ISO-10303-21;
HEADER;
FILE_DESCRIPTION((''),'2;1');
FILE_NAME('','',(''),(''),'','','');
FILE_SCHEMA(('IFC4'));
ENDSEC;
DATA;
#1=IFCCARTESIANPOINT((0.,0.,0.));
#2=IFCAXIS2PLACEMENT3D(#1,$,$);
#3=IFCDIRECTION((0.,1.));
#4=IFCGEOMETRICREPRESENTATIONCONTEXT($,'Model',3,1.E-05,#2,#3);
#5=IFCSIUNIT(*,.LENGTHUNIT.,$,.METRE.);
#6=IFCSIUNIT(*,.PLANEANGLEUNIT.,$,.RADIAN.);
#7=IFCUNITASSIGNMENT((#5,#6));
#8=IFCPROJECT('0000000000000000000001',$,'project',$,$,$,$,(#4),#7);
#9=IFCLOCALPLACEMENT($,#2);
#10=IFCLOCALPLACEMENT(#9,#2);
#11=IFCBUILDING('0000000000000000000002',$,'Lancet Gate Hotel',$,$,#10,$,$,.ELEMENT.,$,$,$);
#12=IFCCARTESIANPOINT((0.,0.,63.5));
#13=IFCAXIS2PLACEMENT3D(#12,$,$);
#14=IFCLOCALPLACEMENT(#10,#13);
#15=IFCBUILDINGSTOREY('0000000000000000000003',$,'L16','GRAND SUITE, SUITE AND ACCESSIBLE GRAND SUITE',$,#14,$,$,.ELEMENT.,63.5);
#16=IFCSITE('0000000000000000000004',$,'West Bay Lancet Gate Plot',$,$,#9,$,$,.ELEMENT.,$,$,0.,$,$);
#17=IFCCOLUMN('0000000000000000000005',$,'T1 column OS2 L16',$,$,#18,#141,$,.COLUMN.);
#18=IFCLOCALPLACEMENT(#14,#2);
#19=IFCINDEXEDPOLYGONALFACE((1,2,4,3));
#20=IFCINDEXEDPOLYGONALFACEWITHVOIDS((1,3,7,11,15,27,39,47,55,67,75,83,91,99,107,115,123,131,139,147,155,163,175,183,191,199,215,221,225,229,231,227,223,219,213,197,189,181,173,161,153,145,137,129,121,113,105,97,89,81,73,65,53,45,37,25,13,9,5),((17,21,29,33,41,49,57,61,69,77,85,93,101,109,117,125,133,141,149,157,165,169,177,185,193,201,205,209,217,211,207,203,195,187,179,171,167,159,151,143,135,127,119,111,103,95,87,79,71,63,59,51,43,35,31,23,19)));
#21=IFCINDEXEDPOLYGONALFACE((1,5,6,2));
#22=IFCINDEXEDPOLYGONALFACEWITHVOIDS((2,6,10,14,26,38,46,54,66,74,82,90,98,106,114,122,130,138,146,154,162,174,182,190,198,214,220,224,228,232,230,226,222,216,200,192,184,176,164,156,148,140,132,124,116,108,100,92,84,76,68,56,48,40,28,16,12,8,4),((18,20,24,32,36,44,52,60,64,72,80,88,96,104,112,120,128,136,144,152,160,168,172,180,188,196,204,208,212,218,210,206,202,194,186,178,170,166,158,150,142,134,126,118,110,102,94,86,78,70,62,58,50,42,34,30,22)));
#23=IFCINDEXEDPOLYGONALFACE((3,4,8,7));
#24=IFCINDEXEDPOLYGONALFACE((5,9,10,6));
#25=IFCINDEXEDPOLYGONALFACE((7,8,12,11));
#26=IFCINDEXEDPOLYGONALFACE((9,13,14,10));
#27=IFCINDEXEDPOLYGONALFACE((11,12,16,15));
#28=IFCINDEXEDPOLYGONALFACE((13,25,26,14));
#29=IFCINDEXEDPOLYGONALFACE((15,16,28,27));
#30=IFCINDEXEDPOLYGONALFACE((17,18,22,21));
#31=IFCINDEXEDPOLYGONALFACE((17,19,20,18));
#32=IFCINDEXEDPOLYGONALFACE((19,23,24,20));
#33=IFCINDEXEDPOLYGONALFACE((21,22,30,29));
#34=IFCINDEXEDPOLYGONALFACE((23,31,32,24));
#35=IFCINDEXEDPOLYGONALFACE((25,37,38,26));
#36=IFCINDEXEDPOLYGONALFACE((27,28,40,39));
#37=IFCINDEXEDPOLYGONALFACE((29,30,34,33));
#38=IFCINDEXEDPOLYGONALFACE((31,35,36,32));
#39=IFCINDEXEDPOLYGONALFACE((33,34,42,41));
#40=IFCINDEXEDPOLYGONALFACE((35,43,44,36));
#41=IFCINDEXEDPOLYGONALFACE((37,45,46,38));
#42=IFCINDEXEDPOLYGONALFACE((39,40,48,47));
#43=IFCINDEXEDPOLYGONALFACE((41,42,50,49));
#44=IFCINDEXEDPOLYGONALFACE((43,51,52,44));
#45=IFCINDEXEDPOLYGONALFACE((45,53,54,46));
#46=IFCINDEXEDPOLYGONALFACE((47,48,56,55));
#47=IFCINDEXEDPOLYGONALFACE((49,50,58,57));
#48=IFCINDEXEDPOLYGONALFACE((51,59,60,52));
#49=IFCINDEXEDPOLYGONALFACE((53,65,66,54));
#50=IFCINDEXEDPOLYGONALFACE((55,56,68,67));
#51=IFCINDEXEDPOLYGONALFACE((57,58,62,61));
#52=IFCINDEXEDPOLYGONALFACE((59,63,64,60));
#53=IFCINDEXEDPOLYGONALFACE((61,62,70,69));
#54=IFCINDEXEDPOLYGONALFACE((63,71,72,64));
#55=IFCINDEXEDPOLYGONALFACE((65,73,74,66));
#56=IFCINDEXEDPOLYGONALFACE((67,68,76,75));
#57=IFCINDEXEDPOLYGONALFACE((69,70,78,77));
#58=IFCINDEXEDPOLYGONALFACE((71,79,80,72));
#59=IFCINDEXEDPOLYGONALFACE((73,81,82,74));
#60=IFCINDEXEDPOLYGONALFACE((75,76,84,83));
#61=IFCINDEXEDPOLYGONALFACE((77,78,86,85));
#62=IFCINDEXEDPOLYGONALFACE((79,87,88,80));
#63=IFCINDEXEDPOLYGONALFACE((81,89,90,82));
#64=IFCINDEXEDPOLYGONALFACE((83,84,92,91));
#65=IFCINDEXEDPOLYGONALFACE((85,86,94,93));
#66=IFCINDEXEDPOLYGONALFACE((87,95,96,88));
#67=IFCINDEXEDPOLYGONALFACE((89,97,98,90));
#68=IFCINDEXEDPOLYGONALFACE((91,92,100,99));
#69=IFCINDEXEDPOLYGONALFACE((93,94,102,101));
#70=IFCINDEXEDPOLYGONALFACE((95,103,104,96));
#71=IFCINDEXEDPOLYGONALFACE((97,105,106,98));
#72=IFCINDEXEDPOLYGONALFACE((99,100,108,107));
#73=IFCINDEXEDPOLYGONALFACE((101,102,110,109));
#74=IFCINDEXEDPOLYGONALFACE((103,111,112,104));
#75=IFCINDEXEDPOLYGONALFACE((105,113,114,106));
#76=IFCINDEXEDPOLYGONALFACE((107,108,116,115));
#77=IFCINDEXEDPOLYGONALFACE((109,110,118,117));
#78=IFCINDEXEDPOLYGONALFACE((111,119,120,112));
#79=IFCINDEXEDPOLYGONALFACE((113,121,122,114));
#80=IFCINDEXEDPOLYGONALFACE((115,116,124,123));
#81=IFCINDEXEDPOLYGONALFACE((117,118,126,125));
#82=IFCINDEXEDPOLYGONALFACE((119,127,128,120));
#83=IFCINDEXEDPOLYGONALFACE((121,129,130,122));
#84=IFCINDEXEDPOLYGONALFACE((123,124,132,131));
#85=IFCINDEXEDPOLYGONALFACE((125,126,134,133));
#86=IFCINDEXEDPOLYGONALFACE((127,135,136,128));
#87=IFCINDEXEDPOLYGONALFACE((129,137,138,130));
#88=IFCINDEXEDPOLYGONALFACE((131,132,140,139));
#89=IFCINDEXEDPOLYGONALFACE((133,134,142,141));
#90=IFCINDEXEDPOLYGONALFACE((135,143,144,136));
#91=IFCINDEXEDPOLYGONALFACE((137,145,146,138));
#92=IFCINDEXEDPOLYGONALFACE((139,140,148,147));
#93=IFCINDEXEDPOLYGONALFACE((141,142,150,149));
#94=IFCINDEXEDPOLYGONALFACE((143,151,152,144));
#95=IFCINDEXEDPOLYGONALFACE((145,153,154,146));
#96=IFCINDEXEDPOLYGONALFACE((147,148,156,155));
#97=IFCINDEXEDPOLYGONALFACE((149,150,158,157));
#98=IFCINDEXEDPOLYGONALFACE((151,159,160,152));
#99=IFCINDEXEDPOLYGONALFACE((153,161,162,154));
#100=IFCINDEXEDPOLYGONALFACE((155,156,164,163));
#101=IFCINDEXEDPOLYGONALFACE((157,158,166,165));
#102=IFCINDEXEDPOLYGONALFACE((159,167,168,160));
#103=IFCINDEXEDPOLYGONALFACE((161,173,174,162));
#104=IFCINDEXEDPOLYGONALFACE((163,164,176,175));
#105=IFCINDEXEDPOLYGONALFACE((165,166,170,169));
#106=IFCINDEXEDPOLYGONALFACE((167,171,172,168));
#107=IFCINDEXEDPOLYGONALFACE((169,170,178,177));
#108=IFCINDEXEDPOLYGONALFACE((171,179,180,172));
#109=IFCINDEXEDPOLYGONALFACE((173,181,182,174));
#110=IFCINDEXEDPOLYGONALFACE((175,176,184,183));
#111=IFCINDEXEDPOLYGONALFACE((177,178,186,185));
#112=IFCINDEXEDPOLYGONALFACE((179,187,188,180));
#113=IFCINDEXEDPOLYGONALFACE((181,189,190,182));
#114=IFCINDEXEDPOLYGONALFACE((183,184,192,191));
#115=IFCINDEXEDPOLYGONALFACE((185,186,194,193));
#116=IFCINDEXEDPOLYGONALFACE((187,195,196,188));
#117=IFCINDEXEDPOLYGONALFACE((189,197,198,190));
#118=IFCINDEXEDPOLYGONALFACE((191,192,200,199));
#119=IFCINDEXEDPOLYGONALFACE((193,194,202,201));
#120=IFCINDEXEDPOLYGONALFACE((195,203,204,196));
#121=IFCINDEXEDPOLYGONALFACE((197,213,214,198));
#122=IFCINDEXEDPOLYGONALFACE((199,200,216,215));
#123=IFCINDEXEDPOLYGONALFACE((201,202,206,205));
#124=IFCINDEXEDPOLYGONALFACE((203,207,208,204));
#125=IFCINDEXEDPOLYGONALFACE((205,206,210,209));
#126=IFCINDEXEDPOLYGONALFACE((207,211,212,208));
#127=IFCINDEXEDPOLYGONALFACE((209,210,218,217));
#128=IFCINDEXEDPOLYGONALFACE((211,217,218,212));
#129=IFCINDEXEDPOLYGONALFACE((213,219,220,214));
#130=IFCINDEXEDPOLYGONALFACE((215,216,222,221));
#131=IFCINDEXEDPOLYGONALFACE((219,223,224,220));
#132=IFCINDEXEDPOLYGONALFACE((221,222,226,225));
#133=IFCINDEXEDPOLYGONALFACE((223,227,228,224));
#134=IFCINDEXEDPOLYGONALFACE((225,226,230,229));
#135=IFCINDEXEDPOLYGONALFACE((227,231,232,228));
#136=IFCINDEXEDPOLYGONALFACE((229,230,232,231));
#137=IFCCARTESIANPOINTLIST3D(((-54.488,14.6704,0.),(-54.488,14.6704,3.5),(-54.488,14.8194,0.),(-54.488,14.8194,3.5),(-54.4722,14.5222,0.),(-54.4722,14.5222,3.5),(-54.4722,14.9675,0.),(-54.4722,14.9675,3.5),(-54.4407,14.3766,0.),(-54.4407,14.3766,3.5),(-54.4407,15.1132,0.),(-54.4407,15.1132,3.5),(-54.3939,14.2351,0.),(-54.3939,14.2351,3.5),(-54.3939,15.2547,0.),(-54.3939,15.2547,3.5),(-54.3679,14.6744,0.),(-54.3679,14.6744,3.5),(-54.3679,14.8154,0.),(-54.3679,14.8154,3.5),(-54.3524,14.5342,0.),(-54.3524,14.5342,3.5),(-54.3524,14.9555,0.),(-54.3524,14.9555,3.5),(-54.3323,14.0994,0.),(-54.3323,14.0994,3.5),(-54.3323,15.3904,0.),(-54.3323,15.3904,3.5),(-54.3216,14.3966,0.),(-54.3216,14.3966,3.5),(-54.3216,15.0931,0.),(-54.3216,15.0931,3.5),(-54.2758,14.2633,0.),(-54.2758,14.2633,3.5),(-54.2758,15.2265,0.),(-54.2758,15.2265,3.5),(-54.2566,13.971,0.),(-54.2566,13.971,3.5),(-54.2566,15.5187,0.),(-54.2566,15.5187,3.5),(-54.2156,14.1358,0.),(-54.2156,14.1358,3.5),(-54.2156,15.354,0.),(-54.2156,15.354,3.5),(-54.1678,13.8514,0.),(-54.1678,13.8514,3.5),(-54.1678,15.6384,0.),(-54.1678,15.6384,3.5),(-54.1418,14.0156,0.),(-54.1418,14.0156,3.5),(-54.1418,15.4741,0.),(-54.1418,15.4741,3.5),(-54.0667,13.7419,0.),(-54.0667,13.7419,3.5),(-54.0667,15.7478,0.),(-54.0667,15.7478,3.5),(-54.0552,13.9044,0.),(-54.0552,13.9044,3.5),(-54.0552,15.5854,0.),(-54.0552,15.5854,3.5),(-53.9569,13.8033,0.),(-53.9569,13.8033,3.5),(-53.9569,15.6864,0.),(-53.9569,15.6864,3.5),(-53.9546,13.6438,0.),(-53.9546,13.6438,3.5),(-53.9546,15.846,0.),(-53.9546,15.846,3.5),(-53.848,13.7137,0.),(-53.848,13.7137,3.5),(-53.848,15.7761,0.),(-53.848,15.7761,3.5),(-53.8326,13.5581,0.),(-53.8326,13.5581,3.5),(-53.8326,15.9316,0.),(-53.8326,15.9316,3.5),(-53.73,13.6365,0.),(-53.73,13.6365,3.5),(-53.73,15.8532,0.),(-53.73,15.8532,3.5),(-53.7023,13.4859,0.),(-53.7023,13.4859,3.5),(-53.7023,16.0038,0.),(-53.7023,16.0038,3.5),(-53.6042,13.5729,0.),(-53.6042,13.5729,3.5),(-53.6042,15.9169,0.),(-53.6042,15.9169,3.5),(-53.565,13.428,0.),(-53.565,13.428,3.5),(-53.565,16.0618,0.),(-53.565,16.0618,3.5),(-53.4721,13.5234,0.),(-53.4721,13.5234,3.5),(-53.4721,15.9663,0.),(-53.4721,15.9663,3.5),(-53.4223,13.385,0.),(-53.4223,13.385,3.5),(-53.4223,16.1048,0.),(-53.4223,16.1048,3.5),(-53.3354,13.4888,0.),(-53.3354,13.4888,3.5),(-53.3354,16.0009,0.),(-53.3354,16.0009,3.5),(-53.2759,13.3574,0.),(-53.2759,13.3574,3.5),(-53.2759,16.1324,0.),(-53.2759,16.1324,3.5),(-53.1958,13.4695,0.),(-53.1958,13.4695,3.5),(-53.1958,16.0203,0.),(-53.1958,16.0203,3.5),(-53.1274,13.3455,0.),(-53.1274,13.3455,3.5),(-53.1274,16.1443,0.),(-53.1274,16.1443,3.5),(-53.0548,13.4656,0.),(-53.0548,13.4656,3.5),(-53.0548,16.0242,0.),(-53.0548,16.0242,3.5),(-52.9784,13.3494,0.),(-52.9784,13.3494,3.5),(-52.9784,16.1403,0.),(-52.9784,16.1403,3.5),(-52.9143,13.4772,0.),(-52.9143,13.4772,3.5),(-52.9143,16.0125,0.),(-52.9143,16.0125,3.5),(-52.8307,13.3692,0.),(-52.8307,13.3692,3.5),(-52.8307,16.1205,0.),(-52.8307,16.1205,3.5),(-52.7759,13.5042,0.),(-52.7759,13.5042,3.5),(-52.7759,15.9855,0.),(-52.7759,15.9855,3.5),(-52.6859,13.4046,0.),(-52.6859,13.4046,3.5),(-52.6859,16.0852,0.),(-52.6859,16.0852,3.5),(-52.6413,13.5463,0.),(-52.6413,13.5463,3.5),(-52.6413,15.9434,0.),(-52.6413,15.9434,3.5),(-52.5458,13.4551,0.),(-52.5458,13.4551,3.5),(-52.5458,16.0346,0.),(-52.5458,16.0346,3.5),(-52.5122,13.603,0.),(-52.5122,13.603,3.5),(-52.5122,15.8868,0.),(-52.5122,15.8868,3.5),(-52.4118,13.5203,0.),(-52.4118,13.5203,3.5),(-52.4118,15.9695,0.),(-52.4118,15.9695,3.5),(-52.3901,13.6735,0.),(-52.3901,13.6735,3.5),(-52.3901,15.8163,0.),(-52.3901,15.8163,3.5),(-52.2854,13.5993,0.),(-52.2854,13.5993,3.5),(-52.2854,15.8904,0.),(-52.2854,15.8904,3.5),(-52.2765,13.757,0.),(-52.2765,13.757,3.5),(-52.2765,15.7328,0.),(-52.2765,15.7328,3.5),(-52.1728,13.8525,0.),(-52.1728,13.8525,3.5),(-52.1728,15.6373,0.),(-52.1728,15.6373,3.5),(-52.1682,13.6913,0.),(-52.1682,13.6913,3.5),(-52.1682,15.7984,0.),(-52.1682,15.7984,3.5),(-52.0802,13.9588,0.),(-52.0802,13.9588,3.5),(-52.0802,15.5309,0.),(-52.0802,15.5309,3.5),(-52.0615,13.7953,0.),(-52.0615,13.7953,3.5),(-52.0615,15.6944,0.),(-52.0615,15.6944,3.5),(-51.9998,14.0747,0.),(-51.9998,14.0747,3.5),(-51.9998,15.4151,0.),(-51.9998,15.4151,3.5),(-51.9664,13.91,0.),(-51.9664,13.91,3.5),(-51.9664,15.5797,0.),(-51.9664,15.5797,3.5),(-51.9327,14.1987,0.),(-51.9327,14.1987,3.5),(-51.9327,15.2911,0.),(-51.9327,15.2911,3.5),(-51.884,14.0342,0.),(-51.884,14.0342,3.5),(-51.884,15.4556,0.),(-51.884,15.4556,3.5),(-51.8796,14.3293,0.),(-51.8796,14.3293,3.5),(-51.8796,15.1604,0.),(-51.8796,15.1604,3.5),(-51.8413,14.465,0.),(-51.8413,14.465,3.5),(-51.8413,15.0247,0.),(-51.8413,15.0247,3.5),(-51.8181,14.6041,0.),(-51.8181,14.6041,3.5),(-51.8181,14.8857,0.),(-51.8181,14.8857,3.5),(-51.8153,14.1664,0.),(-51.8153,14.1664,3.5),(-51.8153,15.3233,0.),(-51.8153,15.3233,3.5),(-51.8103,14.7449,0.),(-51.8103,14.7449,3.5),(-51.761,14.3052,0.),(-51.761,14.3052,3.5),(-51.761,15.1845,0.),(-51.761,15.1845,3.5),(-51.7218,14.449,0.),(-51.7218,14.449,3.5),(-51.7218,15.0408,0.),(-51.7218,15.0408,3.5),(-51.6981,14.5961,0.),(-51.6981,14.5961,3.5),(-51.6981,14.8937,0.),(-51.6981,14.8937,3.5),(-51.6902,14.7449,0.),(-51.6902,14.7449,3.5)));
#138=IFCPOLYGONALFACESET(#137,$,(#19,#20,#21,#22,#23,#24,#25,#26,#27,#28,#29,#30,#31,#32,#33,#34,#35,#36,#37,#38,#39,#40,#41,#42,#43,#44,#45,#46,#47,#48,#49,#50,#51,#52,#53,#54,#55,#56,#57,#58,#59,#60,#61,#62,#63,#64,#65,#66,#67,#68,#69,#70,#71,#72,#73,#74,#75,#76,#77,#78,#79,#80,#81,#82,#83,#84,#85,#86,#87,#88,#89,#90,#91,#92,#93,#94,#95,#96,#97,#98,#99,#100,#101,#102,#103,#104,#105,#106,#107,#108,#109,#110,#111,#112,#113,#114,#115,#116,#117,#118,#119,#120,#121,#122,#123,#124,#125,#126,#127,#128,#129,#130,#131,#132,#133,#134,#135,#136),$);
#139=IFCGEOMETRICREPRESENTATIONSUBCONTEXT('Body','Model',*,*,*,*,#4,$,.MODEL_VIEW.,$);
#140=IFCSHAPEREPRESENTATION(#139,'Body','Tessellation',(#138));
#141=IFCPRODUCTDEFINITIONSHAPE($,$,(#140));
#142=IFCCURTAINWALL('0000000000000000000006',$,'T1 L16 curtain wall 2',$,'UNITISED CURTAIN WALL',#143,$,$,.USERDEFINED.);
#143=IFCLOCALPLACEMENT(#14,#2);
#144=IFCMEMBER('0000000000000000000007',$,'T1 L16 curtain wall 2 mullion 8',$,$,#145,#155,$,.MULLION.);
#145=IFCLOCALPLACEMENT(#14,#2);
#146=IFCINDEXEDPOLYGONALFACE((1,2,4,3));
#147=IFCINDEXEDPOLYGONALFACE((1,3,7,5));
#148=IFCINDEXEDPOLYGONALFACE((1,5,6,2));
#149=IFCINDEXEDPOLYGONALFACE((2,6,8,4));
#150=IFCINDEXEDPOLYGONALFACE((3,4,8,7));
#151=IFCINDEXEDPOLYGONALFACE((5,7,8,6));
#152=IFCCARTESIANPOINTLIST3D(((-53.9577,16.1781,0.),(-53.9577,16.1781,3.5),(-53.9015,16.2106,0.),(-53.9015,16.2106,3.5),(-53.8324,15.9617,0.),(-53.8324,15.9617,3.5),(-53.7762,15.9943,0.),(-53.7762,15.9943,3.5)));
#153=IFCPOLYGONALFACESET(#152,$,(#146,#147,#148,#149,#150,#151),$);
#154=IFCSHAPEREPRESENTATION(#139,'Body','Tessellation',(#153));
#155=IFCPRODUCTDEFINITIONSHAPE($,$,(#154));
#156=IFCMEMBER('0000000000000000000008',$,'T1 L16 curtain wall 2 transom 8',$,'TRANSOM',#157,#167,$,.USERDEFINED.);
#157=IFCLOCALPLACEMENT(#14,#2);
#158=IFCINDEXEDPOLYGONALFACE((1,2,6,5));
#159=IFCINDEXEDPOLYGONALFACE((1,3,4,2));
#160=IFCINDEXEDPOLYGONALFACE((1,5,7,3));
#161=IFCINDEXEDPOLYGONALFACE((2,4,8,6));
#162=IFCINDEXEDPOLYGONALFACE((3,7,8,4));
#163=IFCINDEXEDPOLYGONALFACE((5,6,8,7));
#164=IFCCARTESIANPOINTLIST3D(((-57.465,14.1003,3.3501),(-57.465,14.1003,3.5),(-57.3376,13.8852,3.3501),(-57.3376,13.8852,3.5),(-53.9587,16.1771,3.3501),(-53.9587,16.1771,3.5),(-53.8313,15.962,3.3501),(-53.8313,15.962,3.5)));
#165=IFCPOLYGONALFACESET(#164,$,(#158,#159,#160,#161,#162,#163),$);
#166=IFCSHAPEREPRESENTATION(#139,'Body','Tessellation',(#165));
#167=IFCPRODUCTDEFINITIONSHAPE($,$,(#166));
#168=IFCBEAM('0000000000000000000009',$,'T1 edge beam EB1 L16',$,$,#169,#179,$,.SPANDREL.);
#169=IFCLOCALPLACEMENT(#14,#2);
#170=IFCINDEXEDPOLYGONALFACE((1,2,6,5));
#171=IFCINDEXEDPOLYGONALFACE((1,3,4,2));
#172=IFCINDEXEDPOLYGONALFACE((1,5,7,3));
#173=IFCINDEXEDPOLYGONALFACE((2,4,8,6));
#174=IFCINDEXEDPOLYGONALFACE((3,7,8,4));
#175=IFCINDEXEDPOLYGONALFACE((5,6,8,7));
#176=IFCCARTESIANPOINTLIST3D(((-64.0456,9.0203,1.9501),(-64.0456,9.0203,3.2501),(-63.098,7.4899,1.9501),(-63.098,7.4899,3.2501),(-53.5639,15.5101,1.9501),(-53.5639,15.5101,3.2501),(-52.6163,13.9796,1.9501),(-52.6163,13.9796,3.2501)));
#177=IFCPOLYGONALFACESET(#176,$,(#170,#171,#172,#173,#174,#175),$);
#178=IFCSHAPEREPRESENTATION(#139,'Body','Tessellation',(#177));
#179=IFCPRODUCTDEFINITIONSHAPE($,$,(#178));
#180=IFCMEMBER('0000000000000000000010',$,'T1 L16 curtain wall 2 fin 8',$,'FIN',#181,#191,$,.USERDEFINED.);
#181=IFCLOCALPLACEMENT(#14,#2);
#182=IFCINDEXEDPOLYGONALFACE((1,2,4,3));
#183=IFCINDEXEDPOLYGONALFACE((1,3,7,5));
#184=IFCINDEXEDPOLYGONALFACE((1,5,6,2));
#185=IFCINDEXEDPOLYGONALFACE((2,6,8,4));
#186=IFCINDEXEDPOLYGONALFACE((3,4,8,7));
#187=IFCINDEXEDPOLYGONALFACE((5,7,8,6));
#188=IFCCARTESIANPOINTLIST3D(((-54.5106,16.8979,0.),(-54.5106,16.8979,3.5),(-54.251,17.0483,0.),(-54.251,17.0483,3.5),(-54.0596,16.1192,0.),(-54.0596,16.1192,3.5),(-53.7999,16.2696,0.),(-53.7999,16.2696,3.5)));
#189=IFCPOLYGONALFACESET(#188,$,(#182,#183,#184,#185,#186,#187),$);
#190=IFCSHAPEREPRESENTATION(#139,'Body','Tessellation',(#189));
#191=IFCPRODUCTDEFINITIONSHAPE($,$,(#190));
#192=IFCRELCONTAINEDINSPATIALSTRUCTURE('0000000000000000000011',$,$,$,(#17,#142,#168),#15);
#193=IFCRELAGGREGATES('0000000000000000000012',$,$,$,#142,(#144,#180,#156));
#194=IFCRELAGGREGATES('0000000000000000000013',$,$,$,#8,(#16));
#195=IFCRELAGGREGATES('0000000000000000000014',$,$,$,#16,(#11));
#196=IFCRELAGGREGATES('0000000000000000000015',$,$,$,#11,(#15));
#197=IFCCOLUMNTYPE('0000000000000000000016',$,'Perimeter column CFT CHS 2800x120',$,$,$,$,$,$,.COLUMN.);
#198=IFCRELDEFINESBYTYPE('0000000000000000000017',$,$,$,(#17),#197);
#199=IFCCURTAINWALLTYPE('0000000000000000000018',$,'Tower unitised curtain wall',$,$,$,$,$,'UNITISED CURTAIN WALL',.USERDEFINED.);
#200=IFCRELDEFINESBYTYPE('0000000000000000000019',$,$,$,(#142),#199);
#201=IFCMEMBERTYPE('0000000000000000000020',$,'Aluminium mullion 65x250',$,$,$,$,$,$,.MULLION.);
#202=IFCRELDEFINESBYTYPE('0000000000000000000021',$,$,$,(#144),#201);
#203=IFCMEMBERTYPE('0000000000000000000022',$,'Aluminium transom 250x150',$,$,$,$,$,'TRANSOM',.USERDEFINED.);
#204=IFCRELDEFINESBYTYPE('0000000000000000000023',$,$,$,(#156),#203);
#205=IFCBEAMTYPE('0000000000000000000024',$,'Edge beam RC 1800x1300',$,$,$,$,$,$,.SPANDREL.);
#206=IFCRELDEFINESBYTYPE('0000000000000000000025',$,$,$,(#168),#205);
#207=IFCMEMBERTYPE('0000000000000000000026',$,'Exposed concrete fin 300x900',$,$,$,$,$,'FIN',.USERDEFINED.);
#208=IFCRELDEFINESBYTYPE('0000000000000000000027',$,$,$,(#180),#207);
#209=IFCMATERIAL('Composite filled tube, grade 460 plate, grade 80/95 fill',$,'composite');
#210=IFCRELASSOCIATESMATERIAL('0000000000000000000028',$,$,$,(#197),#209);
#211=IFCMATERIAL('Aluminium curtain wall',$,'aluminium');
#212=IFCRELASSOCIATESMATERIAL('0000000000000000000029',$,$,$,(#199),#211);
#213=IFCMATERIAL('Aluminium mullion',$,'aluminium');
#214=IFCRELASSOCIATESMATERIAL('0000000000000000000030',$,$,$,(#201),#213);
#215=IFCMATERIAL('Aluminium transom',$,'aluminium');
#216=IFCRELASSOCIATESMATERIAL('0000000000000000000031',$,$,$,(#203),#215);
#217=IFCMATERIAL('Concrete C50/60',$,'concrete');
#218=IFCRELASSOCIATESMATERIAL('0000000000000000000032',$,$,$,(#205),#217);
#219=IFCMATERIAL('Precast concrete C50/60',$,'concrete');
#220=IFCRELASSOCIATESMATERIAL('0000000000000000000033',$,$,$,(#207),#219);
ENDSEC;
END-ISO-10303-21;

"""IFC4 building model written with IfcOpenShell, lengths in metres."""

from ifc_helpers import new_model, si_unit, direction, frame, origin, origin_2d, place, context, subcontext, project, spatial, rectangle, hollow_circle, extrude, material, material_profile, profile_set, type_object, element, aggregate, save


model = new_model("IFC4")

# Units and contexts
model_context = context("Model", 3, precision=1e-05, world=origin(), true_north=direction((0.0, 1.0)))
body_context = subcontext(model_context, "Body", "Model", "MODEL_VIEW")
ifc_project = project(units=[si_unit("LENGTHUNIT", "METRE"), si_unit("PLANEANGLEUNIT", "RADIAN")], contexts=[model_context])

# Site, building, storey
site_placement = place(None, origin())
site = spatial("IfcSite", under=ifc_project, at=site_placement, Name="West Bay Lancet Gate Plot", CompositionType="ELEMENT", RefElevation=0.0)
building_placement = place(site_placement, origin())
building = spatial("IfcBuilding", under=site, at=building_placement, Name="Lancet Gate Hotel", CompositionType="ELEMENT")
storey_placement = place(building_placement, frame((0.0, 0.0, 63.5)))
storey = spatial("IfcBuildingStorey", under=building, at=storey_placement, Name="L16", Description="GRAND SUITE, SUITE AND ACCESSIBLE GRAND SUITE", CompositionType="ELEMENT", Elevation=63.5)

# Column
ifc_material_1 = material(Name="Composite filled tube, grade 460 plate, grade 80/95 fill", Category="composite")
ifc_material_profile_1 = material_profile(ifc_material_1, hollow_circle(Radius=1.3999, WallThickness=0.1201, at=origin_2d()), Name="CHS 2800x120")
ifc_profile_set_1 = profile_set([ifc_material_profile_1], Name="Composite filled tube, grade 460 plate, grade 80/95 fill")
column_type = type_object("IfcColumnType", Name="Perimeter column CFT CHS 2800x120", PredefinedType="COLUMN", material=ifc_profile_set_1)
column_placement = place(storey_placement, frame((-53.0901, 14.7449, 0.0), z_axis=(0.0, 0.0, 1.0), x_axis=(1.0, 0.0, 0.0)))
element("IfcColumn", 1, at=column_placement, inside=storey, type_object=column_type, Name="T1 column OS2 L16", PredefinedType="COLUMN", context=body_context, shape_type="SweptSolid", body=[
    extrude(hollow_circle(Radius=1.3999, WallThickness=0.1201, at=origin_2d()), origin(), (0.0, 0.0, 1.0), 3.5),
])

# Curtain wall, members
ifc_material_2 = material(Name="Aluminium curtain wall", Category="aluminium")
curtain_wall_type = type_object("IfcCurtainWallType", Name="Tower unitised curtain wall", ElementType="UNITISED CURTAIN WALL", PredefinedType="USERDEFINED", material=ifc_material_2)
curtain_wall_placement = place(storey_placement, origin())
curtain_wall = element("IfcCurtainWall", 2, at=curtain_wall_placement, inside=storey, type_object=curtain_wall_type, Name="T1 L16 curtain wall 2", ObjectType="UNITISED CURTAIN WALL", PredefinedType="USERDEFINED")
ifc_material_3 = material(Name="Aluminium mullion", Category="aluminium")
ifc_material_profile_2 = material_profile(ifc_material_3, rectangle(XDim=0.0649, YDim=0.25, at=origin_2d()), Name="MULLION 65x250")
ifc_profile_set_2 = profile_set([ifc_material_profile_2], Name="Aluminium mullion")
member_type_1 = type_object("IfcMemberType", Name="Aluminium mullion 65x250", PredefinedType="MULLION", material=ifc_profile_set_2)
member_1_placement = place(storey_placement, frame((-53.8669, 16.0862, 0.0), z_axis=(0.0, 0.0, 1.0), x_axis=(-0.865335, -0.501194, 0.0)))
member_1 = element("IfcMember", 3, at=member_1_placement, type_object=member_type_1, Name="T1 L16 curtain wall 2 mullion 8", PredefinedType="MULLION", context=body_context, shape_type="SweptSolid", body=[
    extrude(rectangle(XDim=0.0649, YDim=0.25, at=origin_2d()), origin(), (0.0, 0.0, 1.0), 3.5),
])
ifc_material_4 = material(Name="Aluminium transom", Category="aluminium")
ifc_material_profile_3 = material_profile(ifc_material_4, rectangle(XDim=0.25, YDim=0.1499, at=origin_2d()), Name="TRANSOM 250x150")
ifc_profile_set_3 = profile_set([ifc_material_profile_3], Name="Aluminium transom")
member_type_2 = type_object("IfcMemberType", Name="Aluminium transom 250x150", ElementType="TRANSOM", PredefinedType="USERDEFINED", material=ifc_profile_set_3)
member_2_placement = place(storey_placement, frame((-53.895, 16.0696, 3.425), z_axis=(-0.860392, -0.509633, 0.0), x_axis=(0.509633, -0.860392, 0.0)))
member_2 = element("IfcMember", 4, at=member_2_placement, type_object=member_type_2, Name="T1 L16 curtain wall 2 transom 8", ObjectType="TRANSOM", PredefinedType="USERDEFINED", context=body_context, shape_type="SweptSolid", body=[
    extrude(rectangle(XDim=0.25, YDim=0.1499, at=origin_2d()), origin(), (0.0, 0.0, 1.0), 4.0752),
])

# Beam
ifc_material_5 = material(Name="Concrete C50/60", Category="concrete")
ifc_material_profile_4 = material_profile(ifc_material_5, rectangle(XDim=1.8, YDim=1.3, at=origin_2d()), Name="RC 1800x1300")
ifc_profile_set_4 = profile_set([ifc_material_profile_4], Name="Concrete C50/60")
beam_type_1 = type_object("IfcBeamType", Name="Edge beam RC 1800x1300", PredefinedType="SPANDREL", material=ifc_profile_set_4)
beam_1_placement = place(storey_placement, frame((-53.0901, 14.7449, 2.6001), z_axis=(-0.850226, -0.526418, 0.0), x_axis=(0.526418, -0.850226, 0.0)))
element("IfcBeam", 5, at=beam_1_placement, inside=storey, type_object=beam_type_1, Name="T1 edge beam EB1 L16", PredefinedType="SPANDREL", context=body_context, shape_type="SweptSolid", body=[
    extrude(rectangle(XDim=1.8, YDim=1.3, at=origin_2d()), origin(), (0.0, 0.0, 1.0), 12.3281),
])

# Member
ifc_material_6 = material(Name="Precast concrete C50/60", Category="concrete")
ifc_material_profile_5 = material_profile(ifc_material_6, rectangle(XDim=0.3, YDim=0.8999, at=origin_2d()), Name="FIN 300x900")
ifc_profile_set_5 = profile_set([ifc_material_profile_5], Name="Precast concrete C50/60")
member_type_3 = type_object("IfcMemberType", Name="Exposed concrete fin 300x900", ElementType="FIN", PredefinedType="USERDEFINED", material=ifc_profile_set_5)
member_3_placement = place(storey_placement, frame((-54.1553, 16.5837, 0.0), z_axis=(0.0, 0.0, 1.0), x_axis=(-0.865335, -0.501194, 0.0)))
member_3 = element("IfcMember", 6, at=member_3_placement, type_object=member_type_3, Name="T1 L16 curtain wall 2 fin 8", ObjectType="FIN", PredefinedType="USERDEFINED", context=body_context, shape_type="SweptSolid", body=[
    extrude(rectangle(XDim=0.3, YDim=0.8999, at=origin_2d()), origin(), (0.0, 0.0, 1.0), 3.5),
])
aggregate(curtain_wall, [member_1, member_3, member_2])

save(model, "model.ifc")
